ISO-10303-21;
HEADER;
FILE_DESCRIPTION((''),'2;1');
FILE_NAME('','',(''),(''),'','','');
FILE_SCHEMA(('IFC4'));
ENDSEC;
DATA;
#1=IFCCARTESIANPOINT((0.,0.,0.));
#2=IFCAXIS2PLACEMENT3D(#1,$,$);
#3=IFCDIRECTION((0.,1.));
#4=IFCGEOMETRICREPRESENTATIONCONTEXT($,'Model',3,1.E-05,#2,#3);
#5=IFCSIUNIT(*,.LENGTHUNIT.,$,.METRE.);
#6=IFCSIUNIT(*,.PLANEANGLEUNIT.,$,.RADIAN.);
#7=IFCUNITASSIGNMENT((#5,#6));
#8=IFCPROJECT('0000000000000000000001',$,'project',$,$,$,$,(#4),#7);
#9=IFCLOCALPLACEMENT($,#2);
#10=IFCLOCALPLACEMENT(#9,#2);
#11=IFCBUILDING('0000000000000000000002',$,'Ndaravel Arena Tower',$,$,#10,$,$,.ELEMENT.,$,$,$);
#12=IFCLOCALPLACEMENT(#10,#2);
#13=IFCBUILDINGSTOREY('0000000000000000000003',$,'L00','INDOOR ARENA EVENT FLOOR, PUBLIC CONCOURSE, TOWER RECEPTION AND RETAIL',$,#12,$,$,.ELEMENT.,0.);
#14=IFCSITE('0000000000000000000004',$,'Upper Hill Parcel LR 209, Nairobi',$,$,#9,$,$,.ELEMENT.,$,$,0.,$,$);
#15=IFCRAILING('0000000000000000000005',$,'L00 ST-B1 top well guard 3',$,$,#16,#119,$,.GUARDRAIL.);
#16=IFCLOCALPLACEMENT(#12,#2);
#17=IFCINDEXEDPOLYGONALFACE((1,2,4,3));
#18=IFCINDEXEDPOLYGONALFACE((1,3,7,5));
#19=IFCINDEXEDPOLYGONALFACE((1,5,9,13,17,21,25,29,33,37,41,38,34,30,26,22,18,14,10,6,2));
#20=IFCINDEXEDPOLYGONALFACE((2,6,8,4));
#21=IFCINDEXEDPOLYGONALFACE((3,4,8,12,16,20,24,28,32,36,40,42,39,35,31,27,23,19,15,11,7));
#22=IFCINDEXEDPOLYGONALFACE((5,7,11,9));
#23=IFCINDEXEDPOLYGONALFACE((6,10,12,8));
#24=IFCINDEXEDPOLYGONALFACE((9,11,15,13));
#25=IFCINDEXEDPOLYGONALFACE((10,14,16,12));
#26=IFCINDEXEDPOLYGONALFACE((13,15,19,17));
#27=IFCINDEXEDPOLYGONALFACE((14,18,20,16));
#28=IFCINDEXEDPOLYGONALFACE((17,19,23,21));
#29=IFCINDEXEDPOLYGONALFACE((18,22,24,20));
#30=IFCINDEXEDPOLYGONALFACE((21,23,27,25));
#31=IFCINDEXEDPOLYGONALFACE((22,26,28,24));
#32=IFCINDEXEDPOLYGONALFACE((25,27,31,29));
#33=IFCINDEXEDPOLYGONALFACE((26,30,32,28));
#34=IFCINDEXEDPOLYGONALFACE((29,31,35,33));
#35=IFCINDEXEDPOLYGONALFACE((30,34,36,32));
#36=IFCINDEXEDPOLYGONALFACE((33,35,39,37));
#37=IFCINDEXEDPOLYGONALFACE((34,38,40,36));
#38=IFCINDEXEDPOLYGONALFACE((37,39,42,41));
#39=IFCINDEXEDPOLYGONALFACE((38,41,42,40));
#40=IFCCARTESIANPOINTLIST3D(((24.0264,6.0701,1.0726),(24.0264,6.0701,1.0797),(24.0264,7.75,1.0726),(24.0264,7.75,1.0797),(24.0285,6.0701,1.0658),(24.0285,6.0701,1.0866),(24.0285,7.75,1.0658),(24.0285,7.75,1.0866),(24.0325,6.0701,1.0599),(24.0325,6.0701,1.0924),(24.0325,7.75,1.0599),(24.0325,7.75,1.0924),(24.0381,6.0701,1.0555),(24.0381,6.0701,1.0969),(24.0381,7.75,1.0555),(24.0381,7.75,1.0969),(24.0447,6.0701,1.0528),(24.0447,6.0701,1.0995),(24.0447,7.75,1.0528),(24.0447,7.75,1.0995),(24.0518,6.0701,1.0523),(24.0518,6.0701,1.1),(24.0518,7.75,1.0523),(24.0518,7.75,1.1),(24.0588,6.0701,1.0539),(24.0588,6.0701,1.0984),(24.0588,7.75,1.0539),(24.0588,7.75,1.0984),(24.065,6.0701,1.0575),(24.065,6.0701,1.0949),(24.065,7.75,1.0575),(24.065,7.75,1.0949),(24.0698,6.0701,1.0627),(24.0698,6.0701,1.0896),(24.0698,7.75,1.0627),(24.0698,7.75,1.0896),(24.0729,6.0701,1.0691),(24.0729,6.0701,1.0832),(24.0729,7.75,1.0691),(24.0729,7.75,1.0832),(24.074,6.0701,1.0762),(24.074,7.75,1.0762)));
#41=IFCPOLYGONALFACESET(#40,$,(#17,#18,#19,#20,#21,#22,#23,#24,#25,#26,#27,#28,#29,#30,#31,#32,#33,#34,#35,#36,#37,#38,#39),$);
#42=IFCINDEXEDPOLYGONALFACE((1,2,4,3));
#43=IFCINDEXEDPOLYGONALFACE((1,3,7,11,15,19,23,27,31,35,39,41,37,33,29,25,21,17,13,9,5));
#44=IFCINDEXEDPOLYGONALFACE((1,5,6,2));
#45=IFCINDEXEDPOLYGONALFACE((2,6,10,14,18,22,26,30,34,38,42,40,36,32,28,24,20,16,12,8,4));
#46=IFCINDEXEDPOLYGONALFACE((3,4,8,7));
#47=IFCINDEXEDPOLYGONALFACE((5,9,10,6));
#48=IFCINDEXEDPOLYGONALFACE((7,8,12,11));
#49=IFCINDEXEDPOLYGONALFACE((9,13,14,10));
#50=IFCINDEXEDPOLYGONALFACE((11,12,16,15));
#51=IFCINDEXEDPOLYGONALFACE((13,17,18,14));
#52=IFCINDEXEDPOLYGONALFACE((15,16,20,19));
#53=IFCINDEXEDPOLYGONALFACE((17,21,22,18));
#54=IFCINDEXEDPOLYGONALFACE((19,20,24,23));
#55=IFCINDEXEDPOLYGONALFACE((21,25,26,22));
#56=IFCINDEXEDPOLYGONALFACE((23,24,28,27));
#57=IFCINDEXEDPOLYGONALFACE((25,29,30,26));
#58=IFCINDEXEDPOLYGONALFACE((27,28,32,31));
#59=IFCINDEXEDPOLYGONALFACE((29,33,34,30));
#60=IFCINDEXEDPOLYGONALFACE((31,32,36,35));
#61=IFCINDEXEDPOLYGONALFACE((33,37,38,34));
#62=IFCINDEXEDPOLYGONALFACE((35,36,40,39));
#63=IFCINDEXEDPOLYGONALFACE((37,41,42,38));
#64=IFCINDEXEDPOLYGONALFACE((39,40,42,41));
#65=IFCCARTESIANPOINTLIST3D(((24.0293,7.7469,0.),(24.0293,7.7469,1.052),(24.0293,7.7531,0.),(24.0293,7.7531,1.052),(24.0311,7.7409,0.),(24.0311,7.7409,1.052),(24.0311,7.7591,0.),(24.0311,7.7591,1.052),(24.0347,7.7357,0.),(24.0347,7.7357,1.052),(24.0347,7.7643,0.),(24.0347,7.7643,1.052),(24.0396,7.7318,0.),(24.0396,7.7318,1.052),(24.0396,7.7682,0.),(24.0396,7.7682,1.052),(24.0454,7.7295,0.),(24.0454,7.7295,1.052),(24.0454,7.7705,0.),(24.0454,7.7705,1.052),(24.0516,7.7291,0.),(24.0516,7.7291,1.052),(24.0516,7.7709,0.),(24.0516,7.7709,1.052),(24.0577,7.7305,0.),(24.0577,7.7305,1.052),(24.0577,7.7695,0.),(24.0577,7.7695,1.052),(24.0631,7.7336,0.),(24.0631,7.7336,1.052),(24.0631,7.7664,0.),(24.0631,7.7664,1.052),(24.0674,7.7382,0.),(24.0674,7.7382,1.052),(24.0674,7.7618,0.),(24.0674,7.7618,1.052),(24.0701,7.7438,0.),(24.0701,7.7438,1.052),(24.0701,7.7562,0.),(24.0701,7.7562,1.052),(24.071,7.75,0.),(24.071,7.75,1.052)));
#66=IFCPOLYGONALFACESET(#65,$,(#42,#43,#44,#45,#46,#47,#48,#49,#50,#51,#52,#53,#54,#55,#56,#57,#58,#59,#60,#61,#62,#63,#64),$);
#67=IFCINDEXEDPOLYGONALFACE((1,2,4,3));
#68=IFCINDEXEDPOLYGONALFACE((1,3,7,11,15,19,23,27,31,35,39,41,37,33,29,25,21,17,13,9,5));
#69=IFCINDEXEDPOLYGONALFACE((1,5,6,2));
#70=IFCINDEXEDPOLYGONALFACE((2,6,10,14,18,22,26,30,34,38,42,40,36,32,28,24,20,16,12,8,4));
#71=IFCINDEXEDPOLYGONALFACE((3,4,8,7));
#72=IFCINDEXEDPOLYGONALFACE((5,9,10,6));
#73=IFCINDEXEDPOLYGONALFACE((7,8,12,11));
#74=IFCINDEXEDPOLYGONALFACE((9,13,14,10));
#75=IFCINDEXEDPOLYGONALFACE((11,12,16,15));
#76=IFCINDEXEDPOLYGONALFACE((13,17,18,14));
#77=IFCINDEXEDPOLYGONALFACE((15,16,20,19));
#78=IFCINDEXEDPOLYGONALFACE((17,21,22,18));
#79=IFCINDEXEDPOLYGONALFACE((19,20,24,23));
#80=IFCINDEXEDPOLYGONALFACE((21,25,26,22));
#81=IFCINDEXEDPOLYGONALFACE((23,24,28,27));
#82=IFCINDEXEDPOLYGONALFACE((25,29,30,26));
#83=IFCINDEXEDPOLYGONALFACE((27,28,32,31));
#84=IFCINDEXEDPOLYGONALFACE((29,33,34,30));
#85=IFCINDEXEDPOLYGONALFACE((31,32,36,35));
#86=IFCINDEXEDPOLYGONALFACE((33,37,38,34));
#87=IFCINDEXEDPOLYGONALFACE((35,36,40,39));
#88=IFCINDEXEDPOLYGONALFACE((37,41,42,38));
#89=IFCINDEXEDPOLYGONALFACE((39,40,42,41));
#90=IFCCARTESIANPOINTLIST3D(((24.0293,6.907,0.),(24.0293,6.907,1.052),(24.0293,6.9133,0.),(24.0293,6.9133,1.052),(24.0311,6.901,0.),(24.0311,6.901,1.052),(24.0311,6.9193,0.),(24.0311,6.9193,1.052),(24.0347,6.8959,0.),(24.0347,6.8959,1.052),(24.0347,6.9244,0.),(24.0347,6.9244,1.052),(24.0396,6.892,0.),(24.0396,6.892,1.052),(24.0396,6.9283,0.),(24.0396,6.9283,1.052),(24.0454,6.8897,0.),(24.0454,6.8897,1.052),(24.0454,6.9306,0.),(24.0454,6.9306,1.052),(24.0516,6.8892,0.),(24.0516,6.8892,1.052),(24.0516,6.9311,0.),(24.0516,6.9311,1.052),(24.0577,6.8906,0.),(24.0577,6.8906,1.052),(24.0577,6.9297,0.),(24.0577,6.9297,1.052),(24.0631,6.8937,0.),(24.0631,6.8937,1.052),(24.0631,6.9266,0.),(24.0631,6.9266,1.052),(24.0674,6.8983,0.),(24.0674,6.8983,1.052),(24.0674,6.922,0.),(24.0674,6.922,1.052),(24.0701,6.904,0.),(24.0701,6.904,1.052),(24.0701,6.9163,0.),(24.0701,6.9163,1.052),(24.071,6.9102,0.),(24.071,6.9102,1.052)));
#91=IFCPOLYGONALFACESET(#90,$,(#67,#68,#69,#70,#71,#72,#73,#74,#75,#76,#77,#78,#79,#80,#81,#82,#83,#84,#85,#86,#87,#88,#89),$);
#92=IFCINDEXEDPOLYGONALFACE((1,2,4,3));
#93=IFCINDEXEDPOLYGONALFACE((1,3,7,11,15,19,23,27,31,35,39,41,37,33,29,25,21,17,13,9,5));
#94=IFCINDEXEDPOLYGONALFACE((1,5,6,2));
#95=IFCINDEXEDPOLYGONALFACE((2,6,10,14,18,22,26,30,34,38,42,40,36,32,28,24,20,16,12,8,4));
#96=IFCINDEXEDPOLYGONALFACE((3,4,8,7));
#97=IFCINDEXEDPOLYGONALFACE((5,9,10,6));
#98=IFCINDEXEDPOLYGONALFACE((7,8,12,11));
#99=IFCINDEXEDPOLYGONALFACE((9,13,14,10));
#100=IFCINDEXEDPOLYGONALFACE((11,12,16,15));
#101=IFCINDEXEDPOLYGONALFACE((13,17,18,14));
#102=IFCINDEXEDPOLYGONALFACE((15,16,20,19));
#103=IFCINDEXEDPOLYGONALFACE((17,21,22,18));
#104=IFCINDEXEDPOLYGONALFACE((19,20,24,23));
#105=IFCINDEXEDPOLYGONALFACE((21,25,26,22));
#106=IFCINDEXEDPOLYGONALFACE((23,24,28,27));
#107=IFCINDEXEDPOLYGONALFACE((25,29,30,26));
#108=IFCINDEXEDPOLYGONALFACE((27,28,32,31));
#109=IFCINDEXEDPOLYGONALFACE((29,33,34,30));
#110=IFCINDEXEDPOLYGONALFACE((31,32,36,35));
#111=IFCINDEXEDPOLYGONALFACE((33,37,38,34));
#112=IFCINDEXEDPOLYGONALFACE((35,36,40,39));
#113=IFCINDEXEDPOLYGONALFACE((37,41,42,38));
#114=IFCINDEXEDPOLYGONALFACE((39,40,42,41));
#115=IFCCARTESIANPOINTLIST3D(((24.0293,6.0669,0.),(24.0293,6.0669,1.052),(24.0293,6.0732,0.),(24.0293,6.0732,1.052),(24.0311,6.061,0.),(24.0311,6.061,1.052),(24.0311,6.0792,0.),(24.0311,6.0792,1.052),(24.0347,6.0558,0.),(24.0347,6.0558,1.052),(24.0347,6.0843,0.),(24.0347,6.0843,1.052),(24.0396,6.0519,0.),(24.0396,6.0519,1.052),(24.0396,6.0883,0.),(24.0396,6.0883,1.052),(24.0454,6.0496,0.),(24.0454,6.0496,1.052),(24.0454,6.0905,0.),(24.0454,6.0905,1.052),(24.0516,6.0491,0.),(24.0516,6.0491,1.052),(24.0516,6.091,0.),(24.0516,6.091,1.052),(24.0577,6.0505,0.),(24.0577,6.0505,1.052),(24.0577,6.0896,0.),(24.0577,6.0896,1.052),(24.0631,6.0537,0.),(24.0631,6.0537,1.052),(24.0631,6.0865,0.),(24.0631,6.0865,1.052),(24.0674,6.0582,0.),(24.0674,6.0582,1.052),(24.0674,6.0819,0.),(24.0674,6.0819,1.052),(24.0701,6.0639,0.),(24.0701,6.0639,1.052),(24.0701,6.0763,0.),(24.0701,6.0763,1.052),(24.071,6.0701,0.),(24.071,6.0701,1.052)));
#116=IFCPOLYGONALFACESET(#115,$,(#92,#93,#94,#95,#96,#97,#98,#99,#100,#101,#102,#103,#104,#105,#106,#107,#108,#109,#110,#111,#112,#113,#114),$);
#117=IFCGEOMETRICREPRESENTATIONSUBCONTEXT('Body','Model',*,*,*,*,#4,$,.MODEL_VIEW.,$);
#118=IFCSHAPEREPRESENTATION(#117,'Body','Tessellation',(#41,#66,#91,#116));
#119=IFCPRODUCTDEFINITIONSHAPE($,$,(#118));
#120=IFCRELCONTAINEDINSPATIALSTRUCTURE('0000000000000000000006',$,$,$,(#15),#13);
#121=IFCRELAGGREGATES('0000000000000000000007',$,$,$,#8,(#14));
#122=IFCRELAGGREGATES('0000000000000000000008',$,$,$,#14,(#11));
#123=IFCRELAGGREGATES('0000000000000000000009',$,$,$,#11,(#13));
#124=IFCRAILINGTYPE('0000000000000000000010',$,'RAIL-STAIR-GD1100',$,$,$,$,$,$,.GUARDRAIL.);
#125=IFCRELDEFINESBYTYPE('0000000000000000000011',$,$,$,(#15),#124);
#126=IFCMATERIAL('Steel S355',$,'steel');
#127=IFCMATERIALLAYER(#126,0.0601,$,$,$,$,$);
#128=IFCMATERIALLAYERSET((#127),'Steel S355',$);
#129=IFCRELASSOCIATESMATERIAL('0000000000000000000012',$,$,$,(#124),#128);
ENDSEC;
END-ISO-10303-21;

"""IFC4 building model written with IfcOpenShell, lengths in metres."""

from ifc_helpers import new_model, si_unit, direction, frame, origin, origin_2d, place, context, subcontext, project, spatial, circle, extrude, material, layer, layer_set, type_object, element, save


model = new_model("IFC4")

# Units and contexts
model_context = context("Model", 3, precision=1e-05, world=origin(), true_north=direction((0.0, 1.0)))
body_context = subcontext(model_context, "Body", "Model", "MODEL_VIEW")
ifc_project = project(units=[si_unit("LENGTHUNIT", "METRE"), si_unit("PLANEANGLEUNIT", "RADIAN")], contexts=[model_context])

# Site, building, storey
site_placement = place(None, origin())
site = spatial("IfcSite", under=ifc_project, at=site_placement, Name="Upper Hill Parcel LR 209, Nairobi", CompositionType="ELEMENT", RefElevation=0.0)
building_placement = place(site_placement, origin())
building = spatial("IfcBuilding", under=site, at=building_placement, Name="Ndaravel Arena Tower", CompositionType="ELEMENT")
storey_placement = place(building_placement, origin())
storey = spatial("IfcBuildingStorey", under=building, at=storey_placement, Name="L00", Description="INDOOR ARENA EVENT FLOOR, PUBLIC CONCOURSE, TOWER RECEPTION AND RETAIL", CompositionType="ELEMENT", Elevation=0.0)

# Railing
ifc_material_1 = material(Name="Steel S355", Category="steel")
ifc_layer_1 = layer(ifc_material_1, 0.0601)
ifc_layer_set_1 = layer_set([ifc_layer_1], Name="Steel S355")
railing_type_1 = type_object("IfcRailingType", Name="RAIL-STAIR-GD1100", PredefinedType="GUARDRAIL", material=ifc_layer_set_1)
for number, where, name in (
    (1, (24.05, 7.75, 0.0), "L00 ST-B1 top well guard 3"),
):
    element("IfcRailing", number, at=place(storey_placement, frame(where)), inside=storey, type_object=railing_type_1, Name=name, PredefinedType="GUARDRAIL", context=body_context, shape_type="SweptSolid", body=[
        extrude(circle(Radius=0.0239, at=origin_2d()), frame((0.0, 0.0, 1.0762), z_axis=(0.0, -1.0, 0.0), x_axis=(1.0, 0.0, 0.0)), (0.0, 0.0, 1.0), 1.6799),
        extrude(circle(Radius=0.021, at=origin_2d()), origin(), (0.0, 0.0, 1.0), 1.052),
        extrude(circle(Radius=0.021, at=origin_2d()), frame((0.0, -0.8398, 0.0)), (0.0, 0.0, 1.0), 1.052),
        extrude(circle(Radius=0.021, at=origin_2d()), frame((0.0, -1.6799, 0.0)), (0.0, 0.0, 1.0), 1.052),
    ])

save(model, "model.ifc")
